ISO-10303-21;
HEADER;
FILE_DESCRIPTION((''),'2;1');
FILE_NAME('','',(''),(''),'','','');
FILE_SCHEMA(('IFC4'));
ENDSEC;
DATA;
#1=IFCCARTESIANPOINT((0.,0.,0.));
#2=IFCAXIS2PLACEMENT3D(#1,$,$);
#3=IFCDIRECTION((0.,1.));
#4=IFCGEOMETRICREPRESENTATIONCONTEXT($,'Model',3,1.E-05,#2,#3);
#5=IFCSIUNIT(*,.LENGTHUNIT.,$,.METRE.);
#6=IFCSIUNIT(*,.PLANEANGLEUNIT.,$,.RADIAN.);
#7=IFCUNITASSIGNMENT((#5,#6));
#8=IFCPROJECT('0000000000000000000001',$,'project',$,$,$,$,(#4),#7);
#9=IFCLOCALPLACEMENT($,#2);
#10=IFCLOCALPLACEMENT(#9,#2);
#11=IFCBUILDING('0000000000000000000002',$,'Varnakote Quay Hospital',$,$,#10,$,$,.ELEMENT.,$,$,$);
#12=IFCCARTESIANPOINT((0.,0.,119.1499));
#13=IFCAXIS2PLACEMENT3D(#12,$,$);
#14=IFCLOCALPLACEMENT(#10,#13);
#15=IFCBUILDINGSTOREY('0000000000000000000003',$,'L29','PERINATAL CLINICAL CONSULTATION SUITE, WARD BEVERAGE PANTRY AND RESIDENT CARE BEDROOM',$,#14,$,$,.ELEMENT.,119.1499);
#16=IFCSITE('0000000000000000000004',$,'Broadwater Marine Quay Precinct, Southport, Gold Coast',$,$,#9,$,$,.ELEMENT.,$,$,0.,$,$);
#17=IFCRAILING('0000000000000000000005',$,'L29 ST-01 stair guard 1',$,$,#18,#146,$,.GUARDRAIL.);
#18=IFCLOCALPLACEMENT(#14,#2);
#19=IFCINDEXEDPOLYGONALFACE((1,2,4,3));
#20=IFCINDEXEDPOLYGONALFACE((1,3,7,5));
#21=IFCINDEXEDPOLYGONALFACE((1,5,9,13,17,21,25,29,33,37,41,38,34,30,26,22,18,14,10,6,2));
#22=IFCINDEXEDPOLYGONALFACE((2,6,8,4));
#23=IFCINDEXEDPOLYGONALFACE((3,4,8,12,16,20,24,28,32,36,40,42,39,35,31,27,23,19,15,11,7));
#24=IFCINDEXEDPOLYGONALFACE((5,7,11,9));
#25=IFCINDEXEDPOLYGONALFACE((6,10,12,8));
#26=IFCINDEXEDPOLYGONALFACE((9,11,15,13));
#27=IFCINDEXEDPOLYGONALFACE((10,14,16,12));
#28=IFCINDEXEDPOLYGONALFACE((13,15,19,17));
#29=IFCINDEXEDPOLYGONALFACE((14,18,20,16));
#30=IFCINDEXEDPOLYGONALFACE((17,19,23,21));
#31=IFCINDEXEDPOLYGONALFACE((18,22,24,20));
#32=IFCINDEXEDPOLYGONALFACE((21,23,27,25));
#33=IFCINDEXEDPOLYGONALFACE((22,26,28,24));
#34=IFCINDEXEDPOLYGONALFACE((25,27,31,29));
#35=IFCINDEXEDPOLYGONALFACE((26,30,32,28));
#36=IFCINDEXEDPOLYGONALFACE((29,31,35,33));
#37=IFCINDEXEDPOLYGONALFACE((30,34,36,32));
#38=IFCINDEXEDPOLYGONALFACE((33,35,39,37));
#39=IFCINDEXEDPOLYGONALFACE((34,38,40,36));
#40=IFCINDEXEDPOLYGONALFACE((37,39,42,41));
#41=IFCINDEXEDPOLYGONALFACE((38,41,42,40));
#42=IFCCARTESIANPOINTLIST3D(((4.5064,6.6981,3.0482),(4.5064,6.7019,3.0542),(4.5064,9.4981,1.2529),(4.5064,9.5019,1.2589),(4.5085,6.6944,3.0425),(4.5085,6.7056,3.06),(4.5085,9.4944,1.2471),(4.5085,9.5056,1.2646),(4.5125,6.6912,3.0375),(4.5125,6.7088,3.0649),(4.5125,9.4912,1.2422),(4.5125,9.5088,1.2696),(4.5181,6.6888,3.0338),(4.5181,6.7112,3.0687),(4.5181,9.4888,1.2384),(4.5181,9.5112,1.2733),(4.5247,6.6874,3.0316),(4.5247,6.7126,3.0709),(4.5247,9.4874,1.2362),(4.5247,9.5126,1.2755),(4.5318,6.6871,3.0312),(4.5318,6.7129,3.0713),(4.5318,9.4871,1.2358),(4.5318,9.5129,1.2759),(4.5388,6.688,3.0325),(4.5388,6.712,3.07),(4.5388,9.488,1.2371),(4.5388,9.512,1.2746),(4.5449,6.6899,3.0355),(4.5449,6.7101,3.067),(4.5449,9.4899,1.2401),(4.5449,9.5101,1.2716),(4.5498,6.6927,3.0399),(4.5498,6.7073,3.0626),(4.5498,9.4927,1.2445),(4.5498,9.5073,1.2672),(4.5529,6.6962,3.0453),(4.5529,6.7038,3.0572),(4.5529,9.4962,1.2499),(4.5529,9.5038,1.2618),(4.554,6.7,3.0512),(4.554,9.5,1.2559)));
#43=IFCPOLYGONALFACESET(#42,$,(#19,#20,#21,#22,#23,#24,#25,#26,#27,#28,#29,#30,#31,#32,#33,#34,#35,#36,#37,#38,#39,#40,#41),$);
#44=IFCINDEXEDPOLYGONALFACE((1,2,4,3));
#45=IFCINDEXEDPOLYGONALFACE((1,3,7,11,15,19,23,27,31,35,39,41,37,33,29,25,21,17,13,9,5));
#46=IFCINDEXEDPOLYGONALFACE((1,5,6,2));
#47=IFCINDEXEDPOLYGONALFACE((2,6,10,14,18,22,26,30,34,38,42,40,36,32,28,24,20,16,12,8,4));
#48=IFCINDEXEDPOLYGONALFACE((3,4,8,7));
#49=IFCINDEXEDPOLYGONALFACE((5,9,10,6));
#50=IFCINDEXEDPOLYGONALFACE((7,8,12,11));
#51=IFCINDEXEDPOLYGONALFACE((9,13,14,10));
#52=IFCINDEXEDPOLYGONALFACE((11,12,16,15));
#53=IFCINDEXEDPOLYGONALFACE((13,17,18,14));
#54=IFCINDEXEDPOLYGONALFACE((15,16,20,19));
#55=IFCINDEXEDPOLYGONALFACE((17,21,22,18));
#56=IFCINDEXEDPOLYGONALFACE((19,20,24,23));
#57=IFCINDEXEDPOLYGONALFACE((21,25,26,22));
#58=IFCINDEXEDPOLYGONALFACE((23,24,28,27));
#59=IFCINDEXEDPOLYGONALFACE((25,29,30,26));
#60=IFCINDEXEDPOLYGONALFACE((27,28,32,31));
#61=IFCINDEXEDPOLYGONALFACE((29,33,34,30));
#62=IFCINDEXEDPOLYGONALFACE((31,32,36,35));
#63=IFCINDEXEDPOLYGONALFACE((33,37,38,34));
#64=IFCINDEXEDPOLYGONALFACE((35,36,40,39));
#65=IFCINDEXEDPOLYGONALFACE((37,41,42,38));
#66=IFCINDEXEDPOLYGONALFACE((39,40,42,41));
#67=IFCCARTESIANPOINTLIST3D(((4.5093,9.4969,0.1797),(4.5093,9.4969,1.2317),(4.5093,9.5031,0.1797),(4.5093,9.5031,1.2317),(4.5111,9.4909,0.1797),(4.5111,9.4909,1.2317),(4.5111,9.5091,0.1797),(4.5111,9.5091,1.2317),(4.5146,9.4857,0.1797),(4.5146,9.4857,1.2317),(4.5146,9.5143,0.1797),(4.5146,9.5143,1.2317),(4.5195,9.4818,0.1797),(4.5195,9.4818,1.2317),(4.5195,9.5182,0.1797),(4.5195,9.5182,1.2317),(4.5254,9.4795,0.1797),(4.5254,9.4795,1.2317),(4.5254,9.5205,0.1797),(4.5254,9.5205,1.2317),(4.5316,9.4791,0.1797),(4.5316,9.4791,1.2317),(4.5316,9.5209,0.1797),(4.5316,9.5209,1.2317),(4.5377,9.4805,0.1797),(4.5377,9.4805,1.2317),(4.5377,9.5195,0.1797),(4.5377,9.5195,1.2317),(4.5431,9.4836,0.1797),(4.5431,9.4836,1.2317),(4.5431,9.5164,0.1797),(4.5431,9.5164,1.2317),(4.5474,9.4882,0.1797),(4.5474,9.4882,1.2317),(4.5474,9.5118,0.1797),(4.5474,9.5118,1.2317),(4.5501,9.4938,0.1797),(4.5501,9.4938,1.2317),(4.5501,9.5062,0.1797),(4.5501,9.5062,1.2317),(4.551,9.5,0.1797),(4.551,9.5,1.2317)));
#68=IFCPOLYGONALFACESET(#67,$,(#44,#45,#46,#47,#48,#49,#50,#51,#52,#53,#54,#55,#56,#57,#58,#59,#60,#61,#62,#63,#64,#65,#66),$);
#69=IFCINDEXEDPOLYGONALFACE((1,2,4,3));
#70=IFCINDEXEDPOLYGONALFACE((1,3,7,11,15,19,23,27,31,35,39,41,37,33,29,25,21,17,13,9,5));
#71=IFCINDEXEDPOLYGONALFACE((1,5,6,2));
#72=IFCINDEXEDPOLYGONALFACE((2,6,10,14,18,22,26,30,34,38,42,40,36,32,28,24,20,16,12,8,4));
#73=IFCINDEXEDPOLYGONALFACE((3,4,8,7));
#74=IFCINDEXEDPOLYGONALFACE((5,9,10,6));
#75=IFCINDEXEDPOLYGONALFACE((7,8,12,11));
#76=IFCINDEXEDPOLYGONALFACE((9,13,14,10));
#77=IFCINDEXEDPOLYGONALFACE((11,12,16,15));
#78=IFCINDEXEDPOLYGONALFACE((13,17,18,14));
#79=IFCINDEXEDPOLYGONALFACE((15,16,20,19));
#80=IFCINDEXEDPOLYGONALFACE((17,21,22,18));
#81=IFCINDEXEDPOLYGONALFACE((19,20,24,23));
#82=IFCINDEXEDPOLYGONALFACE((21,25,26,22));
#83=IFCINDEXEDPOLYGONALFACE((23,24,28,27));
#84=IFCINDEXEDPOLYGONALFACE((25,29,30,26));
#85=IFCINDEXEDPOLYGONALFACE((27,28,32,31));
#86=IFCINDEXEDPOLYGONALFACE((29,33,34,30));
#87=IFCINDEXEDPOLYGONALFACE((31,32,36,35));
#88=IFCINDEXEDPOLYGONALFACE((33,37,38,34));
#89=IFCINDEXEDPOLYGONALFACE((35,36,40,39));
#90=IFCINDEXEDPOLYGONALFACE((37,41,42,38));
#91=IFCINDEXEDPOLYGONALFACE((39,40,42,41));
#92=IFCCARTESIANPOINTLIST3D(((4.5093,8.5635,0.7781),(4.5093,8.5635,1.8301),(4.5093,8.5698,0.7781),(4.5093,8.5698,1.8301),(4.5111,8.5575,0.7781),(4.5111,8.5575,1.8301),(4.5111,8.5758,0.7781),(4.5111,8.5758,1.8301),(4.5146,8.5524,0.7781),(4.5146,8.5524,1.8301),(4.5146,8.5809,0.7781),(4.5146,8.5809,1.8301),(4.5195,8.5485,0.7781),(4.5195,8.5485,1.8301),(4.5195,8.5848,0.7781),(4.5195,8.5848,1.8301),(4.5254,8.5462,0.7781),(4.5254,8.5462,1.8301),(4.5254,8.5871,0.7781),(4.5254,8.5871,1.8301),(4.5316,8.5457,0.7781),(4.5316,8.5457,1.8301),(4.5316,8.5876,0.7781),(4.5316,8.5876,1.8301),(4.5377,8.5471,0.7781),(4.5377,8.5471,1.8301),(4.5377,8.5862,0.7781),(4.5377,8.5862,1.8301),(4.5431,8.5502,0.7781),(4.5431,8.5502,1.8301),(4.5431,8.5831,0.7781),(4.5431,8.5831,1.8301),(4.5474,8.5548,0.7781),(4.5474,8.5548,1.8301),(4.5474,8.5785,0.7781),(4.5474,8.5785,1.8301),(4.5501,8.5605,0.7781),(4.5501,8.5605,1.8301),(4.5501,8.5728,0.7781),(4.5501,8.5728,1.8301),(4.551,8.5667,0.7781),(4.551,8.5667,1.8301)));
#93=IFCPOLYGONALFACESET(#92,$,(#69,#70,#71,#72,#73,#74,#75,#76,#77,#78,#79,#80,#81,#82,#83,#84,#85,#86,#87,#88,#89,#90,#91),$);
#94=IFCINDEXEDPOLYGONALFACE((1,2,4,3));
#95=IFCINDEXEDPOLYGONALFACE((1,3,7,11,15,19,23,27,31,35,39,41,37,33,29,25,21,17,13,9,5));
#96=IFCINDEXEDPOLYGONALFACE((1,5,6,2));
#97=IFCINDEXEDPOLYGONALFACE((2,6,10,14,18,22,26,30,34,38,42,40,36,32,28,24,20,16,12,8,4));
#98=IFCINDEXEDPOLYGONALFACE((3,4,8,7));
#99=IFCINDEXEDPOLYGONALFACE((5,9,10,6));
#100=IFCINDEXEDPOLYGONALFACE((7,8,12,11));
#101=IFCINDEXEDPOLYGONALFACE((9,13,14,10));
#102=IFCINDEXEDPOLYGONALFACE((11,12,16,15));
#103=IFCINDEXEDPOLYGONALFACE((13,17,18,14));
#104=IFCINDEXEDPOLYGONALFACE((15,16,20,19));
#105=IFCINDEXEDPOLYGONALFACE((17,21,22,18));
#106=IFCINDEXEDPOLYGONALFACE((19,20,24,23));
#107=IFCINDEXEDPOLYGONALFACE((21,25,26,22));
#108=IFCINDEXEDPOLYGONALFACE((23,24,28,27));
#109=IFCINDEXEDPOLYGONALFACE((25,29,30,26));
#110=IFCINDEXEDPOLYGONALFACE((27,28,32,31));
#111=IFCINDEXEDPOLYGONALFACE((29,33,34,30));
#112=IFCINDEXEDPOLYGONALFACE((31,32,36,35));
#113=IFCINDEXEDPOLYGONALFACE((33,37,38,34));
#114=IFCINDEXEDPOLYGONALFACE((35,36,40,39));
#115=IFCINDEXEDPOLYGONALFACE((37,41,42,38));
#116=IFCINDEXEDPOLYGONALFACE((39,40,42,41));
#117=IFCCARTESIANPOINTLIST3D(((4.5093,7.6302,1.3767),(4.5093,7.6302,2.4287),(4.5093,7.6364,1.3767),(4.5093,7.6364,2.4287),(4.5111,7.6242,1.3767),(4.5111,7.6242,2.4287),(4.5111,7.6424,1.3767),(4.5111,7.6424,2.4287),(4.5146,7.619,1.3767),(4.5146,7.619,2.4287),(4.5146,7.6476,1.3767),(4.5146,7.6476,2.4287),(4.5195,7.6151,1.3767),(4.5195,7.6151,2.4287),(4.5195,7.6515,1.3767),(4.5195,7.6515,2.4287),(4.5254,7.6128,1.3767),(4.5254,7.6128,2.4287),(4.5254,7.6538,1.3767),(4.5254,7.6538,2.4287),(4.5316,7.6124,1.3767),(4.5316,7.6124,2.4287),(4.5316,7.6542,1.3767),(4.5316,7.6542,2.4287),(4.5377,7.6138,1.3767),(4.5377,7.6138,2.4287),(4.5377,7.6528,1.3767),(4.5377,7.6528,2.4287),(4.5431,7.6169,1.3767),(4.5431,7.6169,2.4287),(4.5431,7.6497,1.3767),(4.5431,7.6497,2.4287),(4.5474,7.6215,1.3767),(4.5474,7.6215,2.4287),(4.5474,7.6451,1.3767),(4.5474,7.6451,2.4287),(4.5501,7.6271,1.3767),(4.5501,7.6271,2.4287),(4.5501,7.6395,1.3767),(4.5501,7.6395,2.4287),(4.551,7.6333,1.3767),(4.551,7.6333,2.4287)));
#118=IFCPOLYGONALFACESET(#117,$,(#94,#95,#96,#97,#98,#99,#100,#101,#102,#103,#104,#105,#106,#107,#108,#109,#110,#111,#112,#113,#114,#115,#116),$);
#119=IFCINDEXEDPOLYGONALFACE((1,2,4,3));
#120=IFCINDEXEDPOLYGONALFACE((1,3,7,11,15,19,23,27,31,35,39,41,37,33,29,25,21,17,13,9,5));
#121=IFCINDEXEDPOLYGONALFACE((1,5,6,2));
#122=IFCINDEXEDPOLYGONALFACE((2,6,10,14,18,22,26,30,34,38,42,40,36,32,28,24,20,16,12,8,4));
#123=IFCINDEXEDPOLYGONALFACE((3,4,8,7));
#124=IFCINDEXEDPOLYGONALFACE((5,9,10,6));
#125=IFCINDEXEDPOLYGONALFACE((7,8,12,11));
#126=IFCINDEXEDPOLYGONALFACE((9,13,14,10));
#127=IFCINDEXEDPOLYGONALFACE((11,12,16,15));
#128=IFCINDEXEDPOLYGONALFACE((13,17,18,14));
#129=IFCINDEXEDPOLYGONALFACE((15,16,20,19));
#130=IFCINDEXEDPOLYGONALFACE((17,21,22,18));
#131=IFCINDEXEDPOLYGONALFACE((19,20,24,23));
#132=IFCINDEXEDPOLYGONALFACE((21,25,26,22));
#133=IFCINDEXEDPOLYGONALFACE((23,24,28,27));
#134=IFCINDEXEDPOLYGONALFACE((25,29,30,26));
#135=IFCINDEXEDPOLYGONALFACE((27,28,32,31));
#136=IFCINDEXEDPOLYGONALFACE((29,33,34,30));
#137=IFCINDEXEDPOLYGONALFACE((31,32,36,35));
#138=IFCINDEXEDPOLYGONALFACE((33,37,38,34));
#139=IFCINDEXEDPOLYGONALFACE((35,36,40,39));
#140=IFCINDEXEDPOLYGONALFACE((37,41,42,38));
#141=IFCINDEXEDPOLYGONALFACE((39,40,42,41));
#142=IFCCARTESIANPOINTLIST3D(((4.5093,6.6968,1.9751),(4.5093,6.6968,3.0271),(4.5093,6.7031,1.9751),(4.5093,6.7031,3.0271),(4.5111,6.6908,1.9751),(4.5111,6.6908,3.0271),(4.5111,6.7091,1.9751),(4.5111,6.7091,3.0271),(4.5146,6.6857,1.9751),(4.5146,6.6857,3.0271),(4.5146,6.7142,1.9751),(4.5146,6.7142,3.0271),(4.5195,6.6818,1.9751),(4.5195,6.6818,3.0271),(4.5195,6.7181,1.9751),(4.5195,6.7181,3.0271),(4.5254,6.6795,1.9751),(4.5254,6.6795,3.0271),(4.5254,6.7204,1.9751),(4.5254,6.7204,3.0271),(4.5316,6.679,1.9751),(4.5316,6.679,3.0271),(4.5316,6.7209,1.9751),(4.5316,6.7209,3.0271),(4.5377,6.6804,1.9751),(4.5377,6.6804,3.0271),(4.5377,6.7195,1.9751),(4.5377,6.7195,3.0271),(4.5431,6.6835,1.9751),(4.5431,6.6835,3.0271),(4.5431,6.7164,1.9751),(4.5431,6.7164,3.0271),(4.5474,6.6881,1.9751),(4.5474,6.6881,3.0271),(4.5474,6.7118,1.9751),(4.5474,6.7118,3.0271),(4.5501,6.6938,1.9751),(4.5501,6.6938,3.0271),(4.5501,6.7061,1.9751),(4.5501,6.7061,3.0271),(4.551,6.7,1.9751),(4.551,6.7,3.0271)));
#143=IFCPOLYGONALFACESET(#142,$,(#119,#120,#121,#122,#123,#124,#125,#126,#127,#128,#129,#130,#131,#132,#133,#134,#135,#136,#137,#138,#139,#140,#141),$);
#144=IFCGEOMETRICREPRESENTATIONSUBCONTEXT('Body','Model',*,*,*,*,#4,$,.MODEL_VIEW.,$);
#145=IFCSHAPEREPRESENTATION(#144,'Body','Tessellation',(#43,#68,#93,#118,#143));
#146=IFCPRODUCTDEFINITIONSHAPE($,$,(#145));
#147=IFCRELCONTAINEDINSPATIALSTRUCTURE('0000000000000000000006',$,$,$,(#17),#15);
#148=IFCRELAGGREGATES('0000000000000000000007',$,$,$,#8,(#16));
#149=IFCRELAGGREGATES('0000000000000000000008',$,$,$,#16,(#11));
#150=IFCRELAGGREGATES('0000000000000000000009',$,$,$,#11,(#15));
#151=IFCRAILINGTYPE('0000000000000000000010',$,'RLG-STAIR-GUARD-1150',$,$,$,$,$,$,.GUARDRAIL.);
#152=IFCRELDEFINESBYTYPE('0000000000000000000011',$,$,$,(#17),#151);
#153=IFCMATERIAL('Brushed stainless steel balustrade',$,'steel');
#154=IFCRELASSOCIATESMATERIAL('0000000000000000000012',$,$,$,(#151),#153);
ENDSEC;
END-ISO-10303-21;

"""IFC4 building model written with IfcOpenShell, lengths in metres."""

from ifc_helpers import new_model, si_unit, direction, frame, origin, origin_2d, place, context, subcontext, project, spatial, circle, extrude, material, type_object, element, save


model = new_model("IFC4")

# Units and contexts
model_context = context("Model", 3, precision=1e-05, world=origin(), true_north=direction((0.0, 1.0)))
body_context = subcontext(model_context, "Body", "Model", "MODEL_VIEW")
ifc_project = project(units=[si_unit("LENGTHUNIT", "METRE"), si_unit("PLANEANGLEUNIT", "RADIAN")], contexts=[model_context])

# Site, building, storey
site_placement = place(None, origin())
site = spatial("IfcSite", under=ifc_project, at=site_placement, Name="Broadwater Marine Quay Precinct, Southport, Gold Coast", CompositionType="ELEMENT", RefElevation=0.0)
building_placement = place(site_placement, origin())
building = spatial("IfcBuilding", under=site, at=building_placement, Name="Varnakote Quay Hospital", CompositionType="ELEMENT")
storey_placement = place(building_placement, frame((0.0, 0.0, 119.1499)))
storey = spatial("IfcBuildingStorey", under=building, at=storey_placement, Name="L29", Description="PERINATAL CLINICAL CONSULTATION SUITE, WARD BEVERAGE PANTRY AND RESIDENT CARE BEDROOM", CompositionType="ELEMENT", Elevation=119.1499)

# Railing
ifc_material_1 = material(Name="Brushed stainless steel balustrade", Category="steel")
railing_type_1 = type_object("IfcRailingType", Name="RLG-STAIR-GUARD-1150", PredefinedType="GUARDRAIL", material=ifc_material_1)
railing_1_placement = place(storey_placement, frame((4.53, 9.5, 0.1797)))
element("IfcRailing", 1, at=railing_1_placement, inside=storey, type_object=railing_type_1, Name="L29 ST-01 stair guard 1", PredefinedType="GUARDRAIL", context=body_context, shape_type="SweptSolid", body=[
    extrude(circle(Radius=0.0239, at=origin_2d()), frame((0.0, 0.0, 1.0762), z_axis=(0.0, -0.84181, 0.539774), x_axis=(1.0, 0.0, 0.0)), (0.0, 0.0, 1.0), 3.3262),
    extrude(circle(Radius=0.021, at=origin_2d()), origin(), (0.0, 0.0, 1.0), 1.052),
    extrude(circle(Radius=0.021, at=origin_2d()), frame((0.0, -0.9333, 0.5984)), (0.0, 0.0, 1.0), 1.052),
    extrude(circle(Radius=0.021, at=origin_2d()), frame((0.0, -1.8667, 1.197)), (0.0, 0.0, 1.0), 1.052),
    extrude(circle(Radius=0.021, at=origin_2d()), frame((0.0, -2.8, 1.7954)), (0.0, 0.0, 1.0), 1.052),
])

save(model, "model.ifc")
